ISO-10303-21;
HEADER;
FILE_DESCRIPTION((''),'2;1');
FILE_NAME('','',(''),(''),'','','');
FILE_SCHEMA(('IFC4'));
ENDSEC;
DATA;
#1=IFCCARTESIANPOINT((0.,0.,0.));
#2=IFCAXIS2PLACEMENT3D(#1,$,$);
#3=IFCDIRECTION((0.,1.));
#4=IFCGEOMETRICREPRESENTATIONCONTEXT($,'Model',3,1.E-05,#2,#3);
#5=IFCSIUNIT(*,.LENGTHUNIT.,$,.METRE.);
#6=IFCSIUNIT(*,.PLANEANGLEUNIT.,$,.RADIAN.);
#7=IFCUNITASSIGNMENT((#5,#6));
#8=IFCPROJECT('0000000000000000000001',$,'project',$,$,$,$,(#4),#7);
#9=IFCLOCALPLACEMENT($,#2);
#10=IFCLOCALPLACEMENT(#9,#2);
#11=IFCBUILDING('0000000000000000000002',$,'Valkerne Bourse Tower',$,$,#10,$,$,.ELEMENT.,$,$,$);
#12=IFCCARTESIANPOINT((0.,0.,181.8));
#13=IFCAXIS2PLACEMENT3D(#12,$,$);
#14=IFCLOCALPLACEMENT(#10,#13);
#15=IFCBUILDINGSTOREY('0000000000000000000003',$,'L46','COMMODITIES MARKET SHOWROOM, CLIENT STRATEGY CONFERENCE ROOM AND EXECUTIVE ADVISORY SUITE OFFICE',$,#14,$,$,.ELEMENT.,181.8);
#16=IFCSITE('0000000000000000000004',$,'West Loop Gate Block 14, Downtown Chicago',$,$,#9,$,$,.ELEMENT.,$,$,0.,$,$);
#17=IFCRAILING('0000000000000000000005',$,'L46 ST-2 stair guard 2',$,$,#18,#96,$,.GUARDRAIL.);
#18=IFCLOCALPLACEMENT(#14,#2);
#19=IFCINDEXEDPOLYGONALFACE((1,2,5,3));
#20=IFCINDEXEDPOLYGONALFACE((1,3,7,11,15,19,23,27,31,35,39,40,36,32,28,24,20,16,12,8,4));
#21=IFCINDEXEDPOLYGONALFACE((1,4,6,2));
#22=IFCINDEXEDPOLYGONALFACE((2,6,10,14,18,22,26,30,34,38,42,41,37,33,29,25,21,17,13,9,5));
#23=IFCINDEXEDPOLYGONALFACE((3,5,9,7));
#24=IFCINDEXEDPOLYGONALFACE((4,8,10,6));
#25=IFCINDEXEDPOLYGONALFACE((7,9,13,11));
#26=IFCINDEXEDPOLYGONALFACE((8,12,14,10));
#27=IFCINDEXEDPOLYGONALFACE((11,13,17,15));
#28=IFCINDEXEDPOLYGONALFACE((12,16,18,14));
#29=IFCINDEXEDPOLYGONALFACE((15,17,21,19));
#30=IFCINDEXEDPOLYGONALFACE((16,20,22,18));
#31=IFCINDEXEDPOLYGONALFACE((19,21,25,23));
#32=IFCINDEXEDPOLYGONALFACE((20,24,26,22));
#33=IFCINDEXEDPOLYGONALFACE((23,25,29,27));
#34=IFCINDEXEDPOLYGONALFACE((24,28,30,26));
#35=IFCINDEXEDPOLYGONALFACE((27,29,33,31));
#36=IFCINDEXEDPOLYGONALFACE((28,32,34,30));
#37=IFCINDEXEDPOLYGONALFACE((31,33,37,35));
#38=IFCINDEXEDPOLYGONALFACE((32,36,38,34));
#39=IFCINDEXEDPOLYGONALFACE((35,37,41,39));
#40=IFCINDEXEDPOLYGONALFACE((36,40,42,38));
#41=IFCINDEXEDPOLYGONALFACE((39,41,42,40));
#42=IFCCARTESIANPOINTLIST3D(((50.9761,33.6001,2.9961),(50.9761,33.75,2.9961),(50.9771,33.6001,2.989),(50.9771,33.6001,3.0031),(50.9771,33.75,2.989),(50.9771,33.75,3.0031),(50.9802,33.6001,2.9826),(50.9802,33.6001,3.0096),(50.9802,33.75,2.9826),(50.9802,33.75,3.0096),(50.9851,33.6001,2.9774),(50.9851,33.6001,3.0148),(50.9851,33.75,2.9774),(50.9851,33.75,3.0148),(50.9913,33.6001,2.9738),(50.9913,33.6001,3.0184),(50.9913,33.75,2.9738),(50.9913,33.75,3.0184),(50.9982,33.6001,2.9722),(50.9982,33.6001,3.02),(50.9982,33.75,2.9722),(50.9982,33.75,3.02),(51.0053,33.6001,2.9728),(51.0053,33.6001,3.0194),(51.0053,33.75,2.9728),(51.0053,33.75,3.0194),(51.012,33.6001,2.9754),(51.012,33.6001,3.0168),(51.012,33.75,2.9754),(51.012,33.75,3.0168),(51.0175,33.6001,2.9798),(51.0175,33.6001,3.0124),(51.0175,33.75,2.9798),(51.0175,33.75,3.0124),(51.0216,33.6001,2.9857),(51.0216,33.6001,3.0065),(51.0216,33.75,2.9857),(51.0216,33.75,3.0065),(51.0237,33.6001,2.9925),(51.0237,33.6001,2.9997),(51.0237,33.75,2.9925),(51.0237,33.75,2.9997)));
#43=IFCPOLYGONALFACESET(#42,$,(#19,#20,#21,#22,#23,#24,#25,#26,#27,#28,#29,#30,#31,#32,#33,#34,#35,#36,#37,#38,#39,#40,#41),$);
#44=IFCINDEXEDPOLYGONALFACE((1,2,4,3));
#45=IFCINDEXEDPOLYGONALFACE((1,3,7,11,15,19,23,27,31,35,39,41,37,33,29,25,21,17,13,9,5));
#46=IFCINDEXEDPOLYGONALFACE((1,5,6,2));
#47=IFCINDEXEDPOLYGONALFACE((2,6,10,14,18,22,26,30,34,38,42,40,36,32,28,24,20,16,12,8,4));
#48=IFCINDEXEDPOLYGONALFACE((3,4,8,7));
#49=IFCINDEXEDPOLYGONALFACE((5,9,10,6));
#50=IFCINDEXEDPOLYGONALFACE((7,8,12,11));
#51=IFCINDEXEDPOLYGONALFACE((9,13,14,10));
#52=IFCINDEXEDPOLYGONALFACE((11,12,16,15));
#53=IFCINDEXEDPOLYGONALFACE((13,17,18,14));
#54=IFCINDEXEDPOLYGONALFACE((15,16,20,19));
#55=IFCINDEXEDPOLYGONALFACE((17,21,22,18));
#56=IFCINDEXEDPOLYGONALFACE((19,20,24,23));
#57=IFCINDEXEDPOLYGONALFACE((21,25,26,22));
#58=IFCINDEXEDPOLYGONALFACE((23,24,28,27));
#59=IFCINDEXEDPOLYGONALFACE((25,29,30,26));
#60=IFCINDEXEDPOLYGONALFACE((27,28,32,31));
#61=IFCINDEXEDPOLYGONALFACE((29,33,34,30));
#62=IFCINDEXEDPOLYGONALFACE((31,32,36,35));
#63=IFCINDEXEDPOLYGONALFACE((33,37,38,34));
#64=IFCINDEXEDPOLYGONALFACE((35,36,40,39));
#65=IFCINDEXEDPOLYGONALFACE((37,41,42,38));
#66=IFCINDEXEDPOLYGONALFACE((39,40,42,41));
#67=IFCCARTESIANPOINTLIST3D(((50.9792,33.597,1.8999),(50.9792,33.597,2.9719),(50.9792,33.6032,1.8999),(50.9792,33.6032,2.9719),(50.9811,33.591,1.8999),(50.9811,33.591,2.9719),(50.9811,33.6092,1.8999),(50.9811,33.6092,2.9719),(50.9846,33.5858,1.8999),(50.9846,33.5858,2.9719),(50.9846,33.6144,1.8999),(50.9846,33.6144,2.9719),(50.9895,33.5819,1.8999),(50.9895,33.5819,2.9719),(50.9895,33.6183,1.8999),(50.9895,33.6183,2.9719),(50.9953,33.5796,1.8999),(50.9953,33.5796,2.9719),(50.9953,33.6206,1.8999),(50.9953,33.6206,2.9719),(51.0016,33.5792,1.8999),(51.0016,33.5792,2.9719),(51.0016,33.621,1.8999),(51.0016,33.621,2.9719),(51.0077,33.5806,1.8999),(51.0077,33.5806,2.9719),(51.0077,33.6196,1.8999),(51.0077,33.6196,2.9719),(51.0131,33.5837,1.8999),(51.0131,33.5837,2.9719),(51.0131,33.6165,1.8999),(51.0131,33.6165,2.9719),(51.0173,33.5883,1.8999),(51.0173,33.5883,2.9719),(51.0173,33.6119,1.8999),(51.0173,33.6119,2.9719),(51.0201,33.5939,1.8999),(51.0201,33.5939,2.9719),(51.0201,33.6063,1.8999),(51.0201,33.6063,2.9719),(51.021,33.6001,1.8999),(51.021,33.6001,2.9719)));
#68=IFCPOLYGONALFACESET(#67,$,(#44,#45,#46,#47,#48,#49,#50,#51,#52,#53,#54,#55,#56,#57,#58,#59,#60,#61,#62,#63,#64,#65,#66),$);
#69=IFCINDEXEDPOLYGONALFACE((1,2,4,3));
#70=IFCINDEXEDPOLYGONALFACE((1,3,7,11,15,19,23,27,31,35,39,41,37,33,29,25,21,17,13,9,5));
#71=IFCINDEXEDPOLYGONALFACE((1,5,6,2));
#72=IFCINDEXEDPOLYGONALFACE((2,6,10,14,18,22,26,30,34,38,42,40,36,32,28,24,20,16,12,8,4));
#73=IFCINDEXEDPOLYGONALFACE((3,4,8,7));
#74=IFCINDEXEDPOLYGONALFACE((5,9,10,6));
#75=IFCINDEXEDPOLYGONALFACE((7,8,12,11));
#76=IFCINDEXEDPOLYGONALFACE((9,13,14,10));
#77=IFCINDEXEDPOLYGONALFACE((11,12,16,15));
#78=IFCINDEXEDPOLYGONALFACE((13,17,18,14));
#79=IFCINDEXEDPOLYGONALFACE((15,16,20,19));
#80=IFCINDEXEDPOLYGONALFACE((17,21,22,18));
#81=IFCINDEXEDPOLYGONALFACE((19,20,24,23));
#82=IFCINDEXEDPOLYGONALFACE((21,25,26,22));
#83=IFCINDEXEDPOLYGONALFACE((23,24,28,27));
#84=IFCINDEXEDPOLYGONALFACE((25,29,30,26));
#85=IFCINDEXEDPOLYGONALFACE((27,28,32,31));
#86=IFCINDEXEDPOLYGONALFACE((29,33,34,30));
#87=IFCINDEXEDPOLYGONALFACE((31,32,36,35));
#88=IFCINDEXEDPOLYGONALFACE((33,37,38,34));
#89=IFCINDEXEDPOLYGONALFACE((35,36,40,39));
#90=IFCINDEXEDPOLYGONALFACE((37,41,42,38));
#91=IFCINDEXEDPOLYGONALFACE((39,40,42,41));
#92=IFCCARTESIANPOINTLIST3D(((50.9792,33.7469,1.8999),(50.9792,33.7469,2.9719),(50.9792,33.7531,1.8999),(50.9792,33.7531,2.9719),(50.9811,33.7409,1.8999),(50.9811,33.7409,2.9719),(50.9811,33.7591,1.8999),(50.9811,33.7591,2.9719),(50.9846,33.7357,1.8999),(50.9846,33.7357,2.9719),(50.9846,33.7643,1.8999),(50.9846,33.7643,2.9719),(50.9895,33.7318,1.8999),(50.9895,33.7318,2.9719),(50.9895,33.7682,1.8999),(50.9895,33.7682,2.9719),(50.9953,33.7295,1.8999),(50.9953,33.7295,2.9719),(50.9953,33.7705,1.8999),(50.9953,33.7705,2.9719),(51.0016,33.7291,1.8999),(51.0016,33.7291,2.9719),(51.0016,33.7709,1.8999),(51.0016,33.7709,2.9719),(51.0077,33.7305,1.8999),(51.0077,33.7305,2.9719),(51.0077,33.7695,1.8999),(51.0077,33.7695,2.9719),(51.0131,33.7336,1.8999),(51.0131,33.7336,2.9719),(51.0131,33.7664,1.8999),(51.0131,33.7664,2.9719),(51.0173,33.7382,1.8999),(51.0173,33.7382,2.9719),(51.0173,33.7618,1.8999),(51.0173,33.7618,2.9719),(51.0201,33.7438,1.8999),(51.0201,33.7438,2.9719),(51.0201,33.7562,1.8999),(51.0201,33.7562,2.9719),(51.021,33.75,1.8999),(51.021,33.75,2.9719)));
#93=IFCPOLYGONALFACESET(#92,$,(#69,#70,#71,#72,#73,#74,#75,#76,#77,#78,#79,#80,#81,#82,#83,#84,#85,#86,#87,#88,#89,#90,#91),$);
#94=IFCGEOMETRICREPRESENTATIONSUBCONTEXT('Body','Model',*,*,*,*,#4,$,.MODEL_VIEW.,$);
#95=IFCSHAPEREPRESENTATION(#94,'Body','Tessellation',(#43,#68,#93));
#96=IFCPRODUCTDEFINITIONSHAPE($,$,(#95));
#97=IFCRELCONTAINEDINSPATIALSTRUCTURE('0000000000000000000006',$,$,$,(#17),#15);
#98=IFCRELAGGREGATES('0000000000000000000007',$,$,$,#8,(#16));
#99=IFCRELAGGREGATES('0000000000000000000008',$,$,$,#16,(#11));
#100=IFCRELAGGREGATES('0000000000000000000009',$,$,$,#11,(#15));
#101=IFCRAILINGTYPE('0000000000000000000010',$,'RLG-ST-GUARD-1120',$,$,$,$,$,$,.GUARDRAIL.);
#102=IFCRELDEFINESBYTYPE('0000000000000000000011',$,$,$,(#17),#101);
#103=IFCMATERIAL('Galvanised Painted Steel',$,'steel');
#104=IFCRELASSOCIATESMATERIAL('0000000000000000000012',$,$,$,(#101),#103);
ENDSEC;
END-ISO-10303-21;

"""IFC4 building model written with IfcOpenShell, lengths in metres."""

from ifc_helpers import new_model, si_unit, direction, frame, origin, origin_2d, place, context, subcontext, project, spatial, circle, extrude, material, type_object, element, save


model = new_model("IFC4")

# Units and contexts
model_context = context("Model", 3, precision=1e-05, world=origin(), true_north=direction((0.0, 1.0)))
body_context = subcontext(model_context, "Body", "Model", "MODEL_VIEW")
ifc_project = project(units=[si_unit("LENGTHUNIT", "METRE"), si_unit("PLANEANGLEUNIT", "RADIAN")], contexts=[model_context])

# Site, building, storey
site_placement = place(None, origin())
site = spatial("IfcSite", under=ifc_project, at=site_placement, Name="West Loop Gate Block 14, Downtown Chicago", CompositionType="ELEMENT", RefElevation=0.0)
building_placement = place(site_placement, origin())
building = spatial("IfcBuilding", under=site, at=building_placement, Name="Valkerne Bourse Tower", CompositionType="ELEMENT")
storey_placement = place(building_placement, frame((0.0, 0.0, 181.8)))
storey = spatial("IfcBuildingStorey", under=building, at=storey_placement, Name="L46", Description="COMMODITIES MARKET SHOWROOM, CLIENT STRATEGY CONFERENCE ROOM AND EXECUTIVE ADVISORY SUITE OFFICE", CompositionType="ELEMENT", Elevation=181.8)

# Shared definitions
ifc_material_1 = material(Name="Galvanised Painted Steel", Category="steel")

# Railing
railing_type_1 = type_object("IfcRailingType", Name="RLG-ST-GUARD-1120", PredefinedType="GUARDRAIL", material=ifc_material_1)
railing_1_placement = place(storey_placement, frame((51.0, 33.6001, 1.8999)))
element("IfcRailing", 1, at=railing_1_placement, inside=storey, type_object=railing_type_1, Name="L46 ST-2 stair guard 2", PredefinedType="GUARDRAIL", context=body_context, shape_type="SweptSolid", body=[
    extrude(circle(Radius=0.0239, at=origin_2d()), frame((0.0, 0.0, 1.0962), z_axis=(0.0, 1.0, 0.0), x_axis=(-1.0, 0.0, 0.0)), (0.0, 0.0, 1.0), 0.1499),
    extrude(circle(Radius=0.021, at=origin_2d()), origin(), (0.0, 0.0, 1.0), 1.072),
    extrude(circle(Radius=0.021, at=origin_2d()), frame((0.0, 0.1499, 0.0)), (0.0, 0.0, 1.0), 1.072),
])

save(model, "model.ifc")
